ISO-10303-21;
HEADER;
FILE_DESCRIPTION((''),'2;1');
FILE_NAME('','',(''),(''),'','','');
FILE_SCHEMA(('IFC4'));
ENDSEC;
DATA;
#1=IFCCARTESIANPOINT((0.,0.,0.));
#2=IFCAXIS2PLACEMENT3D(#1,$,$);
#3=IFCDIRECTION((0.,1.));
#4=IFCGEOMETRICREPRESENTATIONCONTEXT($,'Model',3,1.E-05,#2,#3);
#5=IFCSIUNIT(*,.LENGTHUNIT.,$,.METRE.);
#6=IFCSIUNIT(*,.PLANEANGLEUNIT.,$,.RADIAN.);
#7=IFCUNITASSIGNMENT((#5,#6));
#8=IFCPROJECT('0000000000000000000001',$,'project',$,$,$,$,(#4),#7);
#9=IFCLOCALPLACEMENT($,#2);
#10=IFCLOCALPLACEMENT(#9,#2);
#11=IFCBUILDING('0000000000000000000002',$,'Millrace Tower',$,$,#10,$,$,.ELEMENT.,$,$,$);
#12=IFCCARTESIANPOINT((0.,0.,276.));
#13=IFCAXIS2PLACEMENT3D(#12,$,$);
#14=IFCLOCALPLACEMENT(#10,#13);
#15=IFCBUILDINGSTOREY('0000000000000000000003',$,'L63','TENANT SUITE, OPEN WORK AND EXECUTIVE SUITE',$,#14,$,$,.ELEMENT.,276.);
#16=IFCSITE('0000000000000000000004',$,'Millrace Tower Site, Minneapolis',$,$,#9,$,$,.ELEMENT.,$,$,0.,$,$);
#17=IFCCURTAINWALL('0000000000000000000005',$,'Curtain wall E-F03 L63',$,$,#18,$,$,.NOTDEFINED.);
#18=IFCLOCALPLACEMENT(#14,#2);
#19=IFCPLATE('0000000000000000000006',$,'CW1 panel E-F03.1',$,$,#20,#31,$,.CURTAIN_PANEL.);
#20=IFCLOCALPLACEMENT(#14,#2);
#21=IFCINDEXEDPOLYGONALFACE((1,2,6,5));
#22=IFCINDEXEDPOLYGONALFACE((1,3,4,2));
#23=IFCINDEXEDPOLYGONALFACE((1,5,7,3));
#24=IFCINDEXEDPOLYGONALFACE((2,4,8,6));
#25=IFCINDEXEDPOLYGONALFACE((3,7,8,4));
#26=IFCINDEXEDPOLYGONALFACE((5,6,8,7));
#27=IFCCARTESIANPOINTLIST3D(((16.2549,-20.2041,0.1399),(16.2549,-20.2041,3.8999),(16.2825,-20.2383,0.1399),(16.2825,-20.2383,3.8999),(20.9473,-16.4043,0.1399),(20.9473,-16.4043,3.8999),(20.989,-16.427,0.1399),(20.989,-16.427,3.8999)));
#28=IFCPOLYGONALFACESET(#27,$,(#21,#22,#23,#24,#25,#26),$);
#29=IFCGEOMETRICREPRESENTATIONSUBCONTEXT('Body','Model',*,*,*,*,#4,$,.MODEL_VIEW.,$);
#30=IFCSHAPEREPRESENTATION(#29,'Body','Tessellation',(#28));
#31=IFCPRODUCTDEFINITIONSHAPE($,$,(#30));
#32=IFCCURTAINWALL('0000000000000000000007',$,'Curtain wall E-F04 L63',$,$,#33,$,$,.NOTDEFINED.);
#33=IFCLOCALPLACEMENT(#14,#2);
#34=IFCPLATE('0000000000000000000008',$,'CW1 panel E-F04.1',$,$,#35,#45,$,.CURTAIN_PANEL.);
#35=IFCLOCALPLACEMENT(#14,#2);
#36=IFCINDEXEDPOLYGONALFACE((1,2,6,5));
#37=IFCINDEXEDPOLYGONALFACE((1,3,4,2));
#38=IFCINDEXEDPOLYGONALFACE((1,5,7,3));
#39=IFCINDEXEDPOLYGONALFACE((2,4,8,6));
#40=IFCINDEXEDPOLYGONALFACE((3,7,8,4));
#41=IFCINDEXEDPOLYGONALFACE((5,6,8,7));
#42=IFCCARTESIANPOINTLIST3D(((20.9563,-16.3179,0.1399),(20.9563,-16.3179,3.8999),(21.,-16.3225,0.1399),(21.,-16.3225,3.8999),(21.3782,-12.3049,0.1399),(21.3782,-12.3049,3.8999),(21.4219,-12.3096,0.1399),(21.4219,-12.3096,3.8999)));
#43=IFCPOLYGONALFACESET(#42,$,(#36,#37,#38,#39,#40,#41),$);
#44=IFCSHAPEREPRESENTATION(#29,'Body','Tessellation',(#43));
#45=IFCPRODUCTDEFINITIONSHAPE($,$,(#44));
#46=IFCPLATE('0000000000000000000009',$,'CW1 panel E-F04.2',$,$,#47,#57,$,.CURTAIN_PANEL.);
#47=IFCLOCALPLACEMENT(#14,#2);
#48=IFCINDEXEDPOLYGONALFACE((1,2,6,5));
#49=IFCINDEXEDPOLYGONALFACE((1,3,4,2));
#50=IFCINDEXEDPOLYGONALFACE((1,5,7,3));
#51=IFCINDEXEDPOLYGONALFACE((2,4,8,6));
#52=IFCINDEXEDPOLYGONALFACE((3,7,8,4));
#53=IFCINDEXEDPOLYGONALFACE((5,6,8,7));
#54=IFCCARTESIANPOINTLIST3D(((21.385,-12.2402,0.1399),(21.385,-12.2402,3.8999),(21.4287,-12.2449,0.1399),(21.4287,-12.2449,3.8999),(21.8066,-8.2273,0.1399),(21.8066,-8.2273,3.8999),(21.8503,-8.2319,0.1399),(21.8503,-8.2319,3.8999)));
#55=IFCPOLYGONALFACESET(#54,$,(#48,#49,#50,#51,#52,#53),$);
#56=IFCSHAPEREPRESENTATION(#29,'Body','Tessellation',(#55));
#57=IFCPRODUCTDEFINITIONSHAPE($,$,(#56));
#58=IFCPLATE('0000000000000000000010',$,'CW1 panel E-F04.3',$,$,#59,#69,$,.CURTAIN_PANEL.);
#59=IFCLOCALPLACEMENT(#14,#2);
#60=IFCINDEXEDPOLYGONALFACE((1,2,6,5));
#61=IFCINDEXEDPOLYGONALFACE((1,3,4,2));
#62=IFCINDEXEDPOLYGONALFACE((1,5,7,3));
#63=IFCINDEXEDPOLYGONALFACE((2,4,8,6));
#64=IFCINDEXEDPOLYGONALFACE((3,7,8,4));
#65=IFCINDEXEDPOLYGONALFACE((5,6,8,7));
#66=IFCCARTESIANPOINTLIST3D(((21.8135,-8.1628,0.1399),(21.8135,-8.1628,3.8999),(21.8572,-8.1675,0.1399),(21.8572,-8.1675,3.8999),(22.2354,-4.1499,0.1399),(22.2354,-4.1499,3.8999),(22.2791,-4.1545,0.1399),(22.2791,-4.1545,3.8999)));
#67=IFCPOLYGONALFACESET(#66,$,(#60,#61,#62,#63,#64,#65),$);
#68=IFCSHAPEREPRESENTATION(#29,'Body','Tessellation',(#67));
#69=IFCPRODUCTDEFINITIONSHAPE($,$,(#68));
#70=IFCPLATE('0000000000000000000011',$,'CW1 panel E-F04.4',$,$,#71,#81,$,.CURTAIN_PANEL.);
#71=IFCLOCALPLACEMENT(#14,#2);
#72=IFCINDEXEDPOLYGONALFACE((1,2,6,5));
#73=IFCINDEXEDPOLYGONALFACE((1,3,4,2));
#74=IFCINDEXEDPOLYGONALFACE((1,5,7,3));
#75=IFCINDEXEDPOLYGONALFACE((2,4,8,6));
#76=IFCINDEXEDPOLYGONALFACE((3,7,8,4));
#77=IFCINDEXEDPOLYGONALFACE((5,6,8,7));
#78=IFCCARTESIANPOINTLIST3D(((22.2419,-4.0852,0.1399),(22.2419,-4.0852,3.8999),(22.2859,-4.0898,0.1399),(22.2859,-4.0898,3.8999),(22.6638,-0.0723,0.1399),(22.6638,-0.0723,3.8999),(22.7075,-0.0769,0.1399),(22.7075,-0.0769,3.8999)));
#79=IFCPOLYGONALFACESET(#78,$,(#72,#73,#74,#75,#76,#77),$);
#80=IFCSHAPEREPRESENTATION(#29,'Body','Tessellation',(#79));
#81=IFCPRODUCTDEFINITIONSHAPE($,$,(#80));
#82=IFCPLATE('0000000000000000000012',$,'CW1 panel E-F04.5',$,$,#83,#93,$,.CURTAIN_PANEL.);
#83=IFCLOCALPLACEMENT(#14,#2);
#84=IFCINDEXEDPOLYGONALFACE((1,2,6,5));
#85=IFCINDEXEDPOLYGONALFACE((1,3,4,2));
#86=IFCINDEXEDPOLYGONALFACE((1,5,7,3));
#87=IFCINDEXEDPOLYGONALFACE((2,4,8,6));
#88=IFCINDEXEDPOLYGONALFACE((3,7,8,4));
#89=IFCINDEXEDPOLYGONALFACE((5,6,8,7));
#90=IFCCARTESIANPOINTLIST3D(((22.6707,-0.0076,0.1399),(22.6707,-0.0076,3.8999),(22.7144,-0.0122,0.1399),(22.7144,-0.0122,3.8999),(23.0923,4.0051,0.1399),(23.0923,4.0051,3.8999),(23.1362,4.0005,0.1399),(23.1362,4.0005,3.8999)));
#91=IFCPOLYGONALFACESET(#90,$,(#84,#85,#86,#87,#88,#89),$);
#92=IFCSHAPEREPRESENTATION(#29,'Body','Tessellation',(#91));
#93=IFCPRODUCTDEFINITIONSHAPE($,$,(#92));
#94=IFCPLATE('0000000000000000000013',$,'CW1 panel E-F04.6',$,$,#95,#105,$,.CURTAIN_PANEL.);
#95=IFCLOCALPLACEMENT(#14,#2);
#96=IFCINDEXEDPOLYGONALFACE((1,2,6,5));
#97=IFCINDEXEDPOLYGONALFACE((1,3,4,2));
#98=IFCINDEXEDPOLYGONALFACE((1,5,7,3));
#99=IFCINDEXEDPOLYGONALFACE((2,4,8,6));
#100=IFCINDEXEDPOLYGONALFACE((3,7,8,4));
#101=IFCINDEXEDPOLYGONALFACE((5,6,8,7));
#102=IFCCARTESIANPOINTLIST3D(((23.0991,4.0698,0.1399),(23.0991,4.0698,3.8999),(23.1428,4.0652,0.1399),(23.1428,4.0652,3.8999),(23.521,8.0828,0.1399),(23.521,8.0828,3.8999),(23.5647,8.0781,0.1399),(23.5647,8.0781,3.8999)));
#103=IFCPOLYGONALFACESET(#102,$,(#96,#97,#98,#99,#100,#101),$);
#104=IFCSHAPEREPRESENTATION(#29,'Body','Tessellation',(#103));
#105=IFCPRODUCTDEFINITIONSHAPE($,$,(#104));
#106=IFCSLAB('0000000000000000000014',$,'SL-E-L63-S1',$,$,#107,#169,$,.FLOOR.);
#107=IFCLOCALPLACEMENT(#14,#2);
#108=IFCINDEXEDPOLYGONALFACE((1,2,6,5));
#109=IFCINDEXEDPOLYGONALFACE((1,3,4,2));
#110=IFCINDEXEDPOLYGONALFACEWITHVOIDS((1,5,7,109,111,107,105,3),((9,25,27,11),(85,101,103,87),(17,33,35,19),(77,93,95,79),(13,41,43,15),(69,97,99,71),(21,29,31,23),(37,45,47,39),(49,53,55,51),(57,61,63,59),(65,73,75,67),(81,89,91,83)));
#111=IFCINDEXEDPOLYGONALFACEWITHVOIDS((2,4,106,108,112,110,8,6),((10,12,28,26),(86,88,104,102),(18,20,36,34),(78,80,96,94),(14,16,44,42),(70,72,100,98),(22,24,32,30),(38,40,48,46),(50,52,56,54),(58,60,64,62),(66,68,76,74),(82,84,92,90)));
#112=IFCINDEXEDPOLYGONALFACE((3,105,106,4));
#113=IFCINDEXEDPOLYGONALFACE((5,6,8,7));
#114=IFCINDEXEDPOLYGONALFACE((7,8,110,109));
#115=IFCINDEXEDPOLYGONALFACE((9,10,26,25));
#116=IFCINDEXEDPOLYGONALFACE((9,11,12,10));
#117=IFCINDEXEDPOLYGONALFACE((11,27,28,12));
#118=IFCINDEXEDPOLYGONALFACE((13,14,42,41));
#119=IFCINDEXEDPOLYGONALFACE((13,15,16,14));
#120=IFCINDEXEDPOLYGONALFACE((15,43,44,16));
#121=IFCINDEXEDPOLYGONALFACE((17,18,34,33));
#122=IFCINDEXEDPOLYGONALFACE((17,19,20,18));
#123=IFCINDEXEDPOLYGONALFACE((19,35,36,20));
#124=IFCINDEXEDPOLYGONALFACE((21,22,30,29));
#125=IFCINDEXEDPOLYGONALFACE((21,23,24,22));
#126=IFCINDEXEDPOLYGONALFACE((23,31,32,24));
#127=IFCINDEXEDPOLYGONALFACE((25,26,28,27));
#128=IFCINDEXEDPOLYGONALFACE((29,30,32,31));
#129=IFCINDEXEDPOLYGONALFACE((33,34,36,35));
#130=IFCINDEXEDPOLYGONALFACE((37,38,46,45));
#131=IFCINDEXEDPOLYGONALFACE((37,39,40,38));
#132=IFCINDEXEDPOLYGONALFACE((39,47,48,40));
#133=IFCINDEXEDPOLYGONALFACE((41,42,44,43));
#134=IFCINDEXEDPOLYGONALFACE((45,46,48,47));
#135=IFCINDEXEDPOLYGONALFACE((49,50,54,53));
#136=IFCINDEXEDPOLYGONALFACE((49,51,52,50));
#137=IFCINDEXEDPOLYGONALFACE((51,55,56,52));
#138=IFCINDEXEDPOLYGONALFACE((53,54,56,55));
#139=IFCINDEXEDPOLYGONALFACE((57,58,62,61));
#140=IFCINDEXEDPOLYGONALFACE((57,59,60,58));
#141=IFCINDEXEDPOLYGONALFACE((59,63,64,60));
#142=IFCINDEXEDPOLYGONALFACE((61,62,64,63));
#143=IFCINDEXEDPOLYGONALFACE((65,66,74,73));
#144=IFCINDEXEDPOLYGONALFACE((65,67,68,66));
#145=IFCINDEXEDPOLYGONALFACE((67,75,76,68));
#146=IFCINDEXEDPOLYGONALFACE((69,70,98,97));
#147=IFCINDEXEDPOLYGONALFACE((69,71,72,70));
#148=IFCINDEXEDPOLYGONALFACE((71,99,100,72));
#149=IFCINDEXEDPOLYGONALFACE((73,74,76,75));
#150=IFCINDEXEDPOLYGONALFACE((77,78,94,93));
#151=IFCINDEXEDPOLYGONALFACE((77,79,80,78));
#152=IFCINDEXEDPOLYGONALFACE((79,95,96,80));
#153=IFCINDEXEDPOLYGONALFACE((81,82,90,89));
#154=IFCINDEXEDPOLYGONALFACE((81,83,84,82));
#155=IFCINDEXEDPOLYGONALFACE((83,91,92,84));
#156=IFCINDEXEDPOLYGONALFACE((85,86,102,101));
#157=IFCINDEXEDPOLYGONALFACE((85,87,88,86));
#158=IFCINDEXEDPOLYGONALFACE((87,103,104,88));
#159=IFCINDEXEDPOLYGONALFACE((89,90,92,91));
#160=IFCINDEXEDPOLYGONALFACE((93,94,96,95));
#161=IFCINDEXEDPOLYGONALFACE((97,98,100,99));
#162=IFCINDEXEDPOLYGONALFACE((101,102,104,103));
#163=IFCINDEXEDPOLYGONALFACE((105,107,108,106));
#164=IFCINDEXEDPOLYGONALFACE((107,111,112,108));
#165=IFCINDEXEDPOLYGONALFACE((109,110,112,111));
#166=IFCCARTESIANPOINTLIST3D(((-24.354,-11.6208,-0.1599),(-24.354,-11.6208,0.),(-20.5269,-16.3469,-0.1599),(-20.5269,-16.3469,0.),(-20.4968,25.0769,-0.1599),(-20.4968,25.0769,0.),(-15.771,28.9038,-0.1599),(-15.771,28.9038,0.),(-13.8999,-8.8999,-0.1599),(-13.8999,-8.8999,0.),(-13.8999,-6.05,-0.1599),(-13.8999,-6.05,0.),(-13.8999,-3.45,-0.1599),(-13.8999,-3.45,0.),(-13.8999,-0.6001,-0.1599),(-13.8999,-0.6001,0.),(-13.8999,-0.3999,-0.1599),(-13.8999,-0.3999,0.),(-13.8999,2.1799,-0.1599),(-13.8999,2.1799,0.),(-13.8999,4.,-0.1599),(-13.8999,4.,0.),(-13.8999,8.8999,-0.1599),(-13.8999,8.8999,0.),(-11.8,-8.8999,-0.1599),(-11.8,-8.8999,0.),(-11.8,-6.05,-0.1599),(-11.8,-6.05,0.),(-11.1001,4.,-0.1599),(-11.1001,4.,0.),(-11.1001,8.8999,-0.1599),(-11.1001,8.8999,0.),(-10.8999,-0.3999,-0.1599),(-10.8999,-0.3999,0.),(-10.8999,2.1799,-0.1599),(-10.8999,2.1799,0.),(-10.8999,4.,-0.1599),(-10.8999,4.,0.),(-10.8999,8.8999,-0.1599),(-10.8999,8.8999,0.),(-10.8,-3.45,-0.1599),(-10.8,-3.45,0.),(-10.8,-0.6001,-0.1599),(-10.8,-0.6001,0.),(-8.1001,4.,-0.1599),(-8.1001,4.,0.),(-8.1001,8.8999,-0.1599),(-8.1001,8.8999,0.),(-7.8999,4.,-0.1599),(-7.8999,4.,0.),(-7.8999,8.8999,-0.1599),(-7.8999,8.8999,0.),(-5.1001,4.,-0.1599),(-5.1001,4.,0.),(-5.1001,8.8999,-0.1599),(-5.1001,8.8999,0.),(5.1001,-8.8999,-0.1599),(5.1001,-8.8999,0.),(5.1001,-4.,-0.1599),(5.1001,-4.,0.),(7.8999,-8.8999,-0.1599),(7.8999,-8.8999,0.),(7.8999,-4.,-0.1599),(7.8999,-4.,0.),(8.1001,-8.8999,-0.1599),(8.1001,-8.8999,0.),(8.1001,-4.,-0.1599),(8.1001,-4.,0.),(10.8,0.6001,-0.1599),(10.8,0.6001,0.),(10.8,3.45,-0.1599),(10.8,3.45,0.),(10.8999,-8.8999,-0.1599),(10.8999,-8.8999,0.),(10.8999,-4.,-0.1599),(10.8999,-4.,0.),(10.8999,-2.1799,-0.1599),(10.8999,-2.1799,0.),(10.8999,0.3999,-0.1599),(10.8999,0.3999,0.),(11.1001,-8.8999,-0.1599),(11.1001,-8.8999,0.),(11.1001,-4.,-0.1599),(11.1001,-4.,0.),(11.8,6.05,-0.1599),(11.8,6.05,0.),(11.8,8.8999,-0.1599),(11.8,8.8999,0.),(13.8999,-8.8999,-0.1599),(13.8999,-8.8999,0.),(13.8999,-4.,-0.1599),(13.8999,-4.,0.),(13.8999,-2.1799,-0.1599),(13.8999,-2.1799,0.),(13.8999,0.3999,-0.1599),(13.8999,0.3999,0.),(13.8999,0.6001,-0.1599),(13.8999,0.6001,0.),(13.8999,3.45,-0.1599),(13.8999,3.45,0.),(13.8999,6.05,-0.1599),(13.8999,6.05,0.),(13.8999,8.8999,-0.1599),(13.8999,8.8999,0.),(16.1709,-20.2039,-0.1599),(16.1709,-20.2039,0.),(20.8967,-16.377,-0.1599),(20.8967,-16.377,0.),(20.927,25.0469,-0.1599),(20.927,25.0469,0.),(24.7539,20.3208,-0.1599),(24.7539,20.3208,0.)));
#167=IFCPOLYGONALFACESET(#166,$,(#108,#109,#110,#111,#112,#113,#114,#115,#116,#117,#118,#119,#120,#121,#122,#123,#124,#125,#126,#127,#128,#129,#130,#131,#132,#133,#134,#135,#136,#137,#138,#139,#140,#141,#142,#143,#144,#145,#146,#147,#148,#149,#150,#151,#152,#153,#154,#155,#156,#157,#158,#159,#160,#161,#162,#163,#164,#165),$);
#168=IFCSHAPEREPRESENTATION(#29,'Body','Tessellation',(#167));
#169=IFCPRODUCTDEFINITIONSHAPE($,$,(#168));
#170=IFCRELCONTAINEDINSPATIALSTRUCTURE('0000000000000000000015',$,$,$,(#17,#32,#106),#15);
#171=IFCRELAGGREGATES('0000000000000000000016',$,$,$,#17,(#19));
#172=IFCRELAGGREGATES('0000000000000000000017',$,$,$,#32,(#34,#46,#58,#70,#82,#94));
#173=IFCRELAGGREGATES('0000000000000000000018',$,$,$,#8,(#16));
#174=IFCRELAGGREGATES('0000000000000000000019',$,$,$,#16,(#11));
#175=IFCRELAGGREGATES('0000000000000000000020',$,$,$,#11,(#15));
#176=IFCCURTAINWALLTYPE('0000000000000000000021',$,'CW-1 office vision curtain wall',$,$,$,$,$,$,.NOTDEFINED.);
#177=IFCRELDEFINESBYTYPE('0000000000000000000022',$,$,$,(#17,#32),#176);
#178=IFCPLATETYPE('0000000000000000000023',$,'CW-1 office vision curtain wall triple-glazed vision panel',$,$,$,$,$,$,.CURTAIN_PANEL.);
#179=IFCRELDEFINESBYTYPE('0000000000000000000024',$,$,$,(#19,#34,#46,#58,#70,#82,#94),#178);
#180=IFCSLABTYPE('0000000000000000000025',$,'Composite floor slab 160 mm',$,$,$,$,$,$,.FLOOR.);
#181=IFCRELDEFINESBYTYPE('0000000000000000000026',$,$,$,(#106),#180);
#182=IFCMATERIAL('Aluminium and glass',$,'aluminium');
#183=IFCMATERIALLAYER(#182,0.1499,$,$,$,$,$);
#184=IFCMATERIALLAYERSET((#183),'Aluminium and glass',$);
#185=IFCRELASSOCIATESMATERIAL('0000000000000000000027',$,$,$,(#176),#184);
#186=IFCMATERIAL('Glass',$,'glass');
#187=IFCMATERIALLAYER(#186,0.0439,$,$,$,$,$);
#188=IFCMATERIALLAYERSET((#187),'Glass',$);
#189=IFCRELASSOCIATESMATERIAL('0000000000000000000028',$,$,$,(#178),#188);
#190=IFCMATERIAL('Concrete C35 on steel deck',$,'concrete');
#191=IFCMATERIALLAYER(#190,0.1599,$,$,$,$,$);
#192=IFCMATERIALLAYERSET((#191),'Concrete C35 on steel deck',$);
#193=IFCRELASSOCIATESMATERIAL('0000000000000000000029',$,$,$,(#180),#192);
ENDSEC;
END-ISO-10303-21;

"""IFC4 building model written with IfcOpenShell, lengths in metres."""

from ifc_helpers import new_model, si_unit, direction, frame, origin, place, context, subcontext, project, spatial, polyline, outline, extrude, material, layer, layer_set, type_object, element, aggregate, save


model = new_model("IFC4")

# Units and contexts
model_context = context("Model", 3, precision=1e-05, world=origin(), true_north=direction((0.0, 1.0)))
body_context = subcontext(model_context, "Body", "Model", "MODEL_VIEW")
ifc_project = project(units=[si_unit("LENGTHUNIT", "METRE"), si_unit("PLANEANGLEUNIT", "RADIAN")], contexts=[model_context])

# Site, building, storey
site_placement = place(None, origin())
site = spatial("IfcSite", under=ifc_project, at=site_placement, Name="Millrace Tower Site, Minneapolis", CompositionType="ELEMENT", RefElevation=0.0)
building_placement = place(site_placement, origin())
building = spatial("IfcBuilding", under=site, at=building_placement, Name="Millrace Tower", CompositionType="ELEMENT")
storey_placement = place(building_placement, frame((0.0, 0.0, 276.0)))
storey = spatial("IfcBuildingStorey", under=building, at=storey_placement, Name="L63", Description="TENANT SUITE, OPEN WORK AND EXECUTIVE SUITE", CompositionType="ELEMENT", Elevation=276.0)

# Shared definitions
ifc_material_1 = material(Name="Aluminium and glass", Category="aluminium")
ifc_layer_1 = layer(ifc_material_1, 0.1499)
ifc_layer_set_1 = layer_set([ifc_layer_1], Name="Aluminium and glass")
curtain_wall_type = type_object("IfcCurtainWallType", Name="CW-1 office vision curtain wall", PredefinedType="NOTDEFINED", material=ifc_layer_set_1)
placement_1 = place(storey_placement, origin())
ifc_material_2 = material(Name="Glass", Category="glass")
ifc_layer_2 = layer(ifc_material_2, 0.0439)
ifc_layer_set_2 = layer_set([ifc_layer_2], Name="Glass")
plate_type = type_object("IfcPlateType", Name="CW-1 office vision curtain wall triple-glazed vision panel", PredefinedType="CURTAIN_PANEL", material=ifc_layer_set_2)
placement_2 = place(storey_placement, frame((0.0, 0.0, 0.1399)))

# Curtain wall, plate
curtain_wall_1 = element("IfcCurtainWall", 1, at=placement_1, inside=storey, type_object=curtain_wall_type, Name="Curtain wall E-F03 L63", PredefinedType="NOTDEFINED")
plate_1 = element("IfcPlate", 2, at=placement_2, type_object=plate_type, Name="CW1 panel E-F03.1", PredefinedType="CURTAIN_PANEL", context=body_context, shape_type="SweptSolid", body=[
    extrude(outline(polyline([(16.2825, -20.2383), (20.989, -16.427), (20.9473, -16.4043), (16.2549, -20.2041), (16.2825, -20.2383)])), origin(), (0.0, 0.0, 1.0), 3.76),
])
aggregate(curtain_wall_1, [plate_1])

# Curtain wall, plates
curtain_wall_2 = element("IfcCurtainWall", 3, at=placement_1, inside=storey, type_object=curtain_wall_type, Name="Curtain wall E-F04 L63", PredefinedType="NOTDEFINED")
plate_2 = element("IfcPlate", 4, at=placement_2, type_object=plate_type, Name="CW1 panel E-F04.1", PredefinedType="CURTAIN_PANEL", context=body_context, shape_type="SweptSolid", body=[
    extrude(outline(polyline([(21.0, -16.3225), (21.4219, -12.3096), (21.3782, -12.3049), (20.9563, -16.3179), (21.0, -16.3225)])), origin(), (0.0, 0.0, 1.0), 3.76),
])
plate_3 = element("IfcPlate", 5, at=placement_2, type_object=plate_type, Name="CW1 panel E-F04.2", PredefinedType="CURTAIN_PANEL", context=body_context, shape_type="SweptSolid", body=[
    extrude(outline(polyline([(21.4287, -12.2449), (21.8503, -8.2319), (21.8066, -8.2273), (21.385, -12.2402), (21.4287, -12.2449)])), origin(), (0.0, 0.0, 1.0), 3.76),
])
plate_4 = element("IfcPlate", 6, at=placement_2, type_object=plate_type, Name="CW1 panel E-F04.3", PredefinedType="CURTAIN_PANEL", context=body_context, shape_type="SweptSolid", body=[
    extrude(outline(polyline([(21.8572, -8.1675), (22.2791, -4.1545), (22.2354, -4.1499), (21.8135, -8.1628), (21.8572, -8.1675)])), origin(), (0.0, 0.0, 1.0), 3.76),
])
plate_5 = element("IfcPlate", 7, at=placement_2, type_object=plate_type, Name="CW1 panel E-F04.4", PredefinedType="CURTAIN_PANEL", context=body_context, shape_type="SweptSolid", body=[
    extrude(outline(polyline([(22.2859, -4.0898), (22.7075, -0.0769), (22.6638, -0.0723), (22.2419, -4.0852), (22.2859, -4.0898)])), origin(), (0.0, 0.0, 1.0), 3.76),
])
plate_6 = element("IfcPlate", 8, at=placement_2, type_object=plate_type, Name="CW1 panel E-F04.5", PredefinedType="CURTAIN_PANEL", context=body_context, shape_type="SweptSolid", body=[
    extrude(outline(polyline([(22.7144, -0.0122), (23.1362, 4.0005), (23.0923, 4.0051), (22.6707, -0.0076), (22.7144, -0.0122)])), origin(), (0.0, 0.0, 1.0), 3.76),
])
plate_7 = element("IfcPlate", 9, at=placement_2, type_object=plate_type, Name="CW1 panel E-F04.6", PredefinedType="CURTAIN_PANEL", context=body_context, shape_type="SweptSolid", body=[
    extrude(outline(polyline([(23.1428, 4.0652), (23.5647, 8.0781), (23.521, 8.0828), (23.0991, 4.0698), (23.1428, 4.0652)])), origin(), (0.0, 0.0, 1.0), 3.76),
])
aggregate(curtain_wall_2, [plate_2, plate_3, plate_4, plate_5, plate_6, plate_7])

# Slab
ifc_material_3 = material(Name="Concrete C35 on steel deck", Category="concrete")
ifc_layer_3 = layer(ifc_material_3, 0.1599)
ifc_layer_set_3 = layer_set([ifc_layer_3], Name="Concrete C35 on steel deck")
slab_type = type_object("IfcSlabType", Name="Composite floor slab 160 mm", PredefinedType="FLOOR", material=ifc_layer_set_3)
slab_placement = place(storey_placement, frame((0.0, 0.0, -0.1599)))
element("IfcSlab", 10, at=slab_placement, inside=storey, type_object=slab_type, Name="SL-E-L63-S1", PredefinedType="FLOOR", context=body_context, shape_type="SweptSolid", body=[
    extrude(outline(polyline([(-24.354, -11.6208), (-20.5269, -16.3469), (16.1709, -20.2039), (20.8967, -16.377), (24.7539, 20.3208), (20.927, 25.0469), (-15.771, 28.9038), (-20.4968, 25.0769), (-24.354, -11.6208)]), holes=[polyline([(-13.8999, -8.8999), (-11.8, -8.8999), (-11.8, -6.05), (-13.8999, -6.05), (-13.8999, -8.8999)]), polyline([(-13.8999, -3.45), (-10.8, -3.45), (-10.8, -0.6001), (-13.8999, -0.6001), (-13.8999, -3.45)]), polyline([(-13.8999, -0.3999), (-10.8999, -0.3999), (-10.8999, 2.1799), (-13.8999, 2.1799), (-13.8999, -0.3999)]), polyline([(-13.8999, 4.0), (-11.1001, 4.0), (-11.1001, 8.8999), (-13.8999, 8.8999), (-13.8999, 4.0)]), polyline([(-10.8999, 4.0), (-8.1001, 4.0), (-8.1001, 8.8999), (-10.8999, 8.8999), (-10.8999, 4.0)]), polyline([(-7.8999, 4.0), (-5.1001, 4.0), (-5.1001, 8.8999), (-7.8999, 8.8999), (-7.8999, 4.0)]), polyline([(11.8, 6.05), (13.8999, 6.05), (13.8999, 8.8999), (11.8, 8.8999), (11.8, 6.05)]), polyline([(10.8, 0.6001), (13.8999, 0.6001), (13.8999, 3.45), (10.8, 3.45), (10.8, 0.6001)]), polyline([(10.8999, -2.1799), (13.8999, -2.1799), (13.8999, 0.3999), (10.8999, 0.3999), (10.8999, -2.1799)]), polyline([(11.1001, -8.8999), (13.8999, -8.8999), (13.8999, -4.0), (11.1001, -4.0), (11.1001, -8.8999)]), polyline([(8.1001, -8.8999), (10.8999, -8.8999), (10.8999, -4.0), (8.1001, -4.0), (8.1001, -8.8999)]), polyline([(5.1001, -8.8999), (7.8999, -8.8999), (7.8999, -4.0), (5.1001, -4.0), (5.1001, -8.8999)])]), origin(), (0.0, 0.0, 1.0), 0.1599),
])

save(model, "model.ifc")
